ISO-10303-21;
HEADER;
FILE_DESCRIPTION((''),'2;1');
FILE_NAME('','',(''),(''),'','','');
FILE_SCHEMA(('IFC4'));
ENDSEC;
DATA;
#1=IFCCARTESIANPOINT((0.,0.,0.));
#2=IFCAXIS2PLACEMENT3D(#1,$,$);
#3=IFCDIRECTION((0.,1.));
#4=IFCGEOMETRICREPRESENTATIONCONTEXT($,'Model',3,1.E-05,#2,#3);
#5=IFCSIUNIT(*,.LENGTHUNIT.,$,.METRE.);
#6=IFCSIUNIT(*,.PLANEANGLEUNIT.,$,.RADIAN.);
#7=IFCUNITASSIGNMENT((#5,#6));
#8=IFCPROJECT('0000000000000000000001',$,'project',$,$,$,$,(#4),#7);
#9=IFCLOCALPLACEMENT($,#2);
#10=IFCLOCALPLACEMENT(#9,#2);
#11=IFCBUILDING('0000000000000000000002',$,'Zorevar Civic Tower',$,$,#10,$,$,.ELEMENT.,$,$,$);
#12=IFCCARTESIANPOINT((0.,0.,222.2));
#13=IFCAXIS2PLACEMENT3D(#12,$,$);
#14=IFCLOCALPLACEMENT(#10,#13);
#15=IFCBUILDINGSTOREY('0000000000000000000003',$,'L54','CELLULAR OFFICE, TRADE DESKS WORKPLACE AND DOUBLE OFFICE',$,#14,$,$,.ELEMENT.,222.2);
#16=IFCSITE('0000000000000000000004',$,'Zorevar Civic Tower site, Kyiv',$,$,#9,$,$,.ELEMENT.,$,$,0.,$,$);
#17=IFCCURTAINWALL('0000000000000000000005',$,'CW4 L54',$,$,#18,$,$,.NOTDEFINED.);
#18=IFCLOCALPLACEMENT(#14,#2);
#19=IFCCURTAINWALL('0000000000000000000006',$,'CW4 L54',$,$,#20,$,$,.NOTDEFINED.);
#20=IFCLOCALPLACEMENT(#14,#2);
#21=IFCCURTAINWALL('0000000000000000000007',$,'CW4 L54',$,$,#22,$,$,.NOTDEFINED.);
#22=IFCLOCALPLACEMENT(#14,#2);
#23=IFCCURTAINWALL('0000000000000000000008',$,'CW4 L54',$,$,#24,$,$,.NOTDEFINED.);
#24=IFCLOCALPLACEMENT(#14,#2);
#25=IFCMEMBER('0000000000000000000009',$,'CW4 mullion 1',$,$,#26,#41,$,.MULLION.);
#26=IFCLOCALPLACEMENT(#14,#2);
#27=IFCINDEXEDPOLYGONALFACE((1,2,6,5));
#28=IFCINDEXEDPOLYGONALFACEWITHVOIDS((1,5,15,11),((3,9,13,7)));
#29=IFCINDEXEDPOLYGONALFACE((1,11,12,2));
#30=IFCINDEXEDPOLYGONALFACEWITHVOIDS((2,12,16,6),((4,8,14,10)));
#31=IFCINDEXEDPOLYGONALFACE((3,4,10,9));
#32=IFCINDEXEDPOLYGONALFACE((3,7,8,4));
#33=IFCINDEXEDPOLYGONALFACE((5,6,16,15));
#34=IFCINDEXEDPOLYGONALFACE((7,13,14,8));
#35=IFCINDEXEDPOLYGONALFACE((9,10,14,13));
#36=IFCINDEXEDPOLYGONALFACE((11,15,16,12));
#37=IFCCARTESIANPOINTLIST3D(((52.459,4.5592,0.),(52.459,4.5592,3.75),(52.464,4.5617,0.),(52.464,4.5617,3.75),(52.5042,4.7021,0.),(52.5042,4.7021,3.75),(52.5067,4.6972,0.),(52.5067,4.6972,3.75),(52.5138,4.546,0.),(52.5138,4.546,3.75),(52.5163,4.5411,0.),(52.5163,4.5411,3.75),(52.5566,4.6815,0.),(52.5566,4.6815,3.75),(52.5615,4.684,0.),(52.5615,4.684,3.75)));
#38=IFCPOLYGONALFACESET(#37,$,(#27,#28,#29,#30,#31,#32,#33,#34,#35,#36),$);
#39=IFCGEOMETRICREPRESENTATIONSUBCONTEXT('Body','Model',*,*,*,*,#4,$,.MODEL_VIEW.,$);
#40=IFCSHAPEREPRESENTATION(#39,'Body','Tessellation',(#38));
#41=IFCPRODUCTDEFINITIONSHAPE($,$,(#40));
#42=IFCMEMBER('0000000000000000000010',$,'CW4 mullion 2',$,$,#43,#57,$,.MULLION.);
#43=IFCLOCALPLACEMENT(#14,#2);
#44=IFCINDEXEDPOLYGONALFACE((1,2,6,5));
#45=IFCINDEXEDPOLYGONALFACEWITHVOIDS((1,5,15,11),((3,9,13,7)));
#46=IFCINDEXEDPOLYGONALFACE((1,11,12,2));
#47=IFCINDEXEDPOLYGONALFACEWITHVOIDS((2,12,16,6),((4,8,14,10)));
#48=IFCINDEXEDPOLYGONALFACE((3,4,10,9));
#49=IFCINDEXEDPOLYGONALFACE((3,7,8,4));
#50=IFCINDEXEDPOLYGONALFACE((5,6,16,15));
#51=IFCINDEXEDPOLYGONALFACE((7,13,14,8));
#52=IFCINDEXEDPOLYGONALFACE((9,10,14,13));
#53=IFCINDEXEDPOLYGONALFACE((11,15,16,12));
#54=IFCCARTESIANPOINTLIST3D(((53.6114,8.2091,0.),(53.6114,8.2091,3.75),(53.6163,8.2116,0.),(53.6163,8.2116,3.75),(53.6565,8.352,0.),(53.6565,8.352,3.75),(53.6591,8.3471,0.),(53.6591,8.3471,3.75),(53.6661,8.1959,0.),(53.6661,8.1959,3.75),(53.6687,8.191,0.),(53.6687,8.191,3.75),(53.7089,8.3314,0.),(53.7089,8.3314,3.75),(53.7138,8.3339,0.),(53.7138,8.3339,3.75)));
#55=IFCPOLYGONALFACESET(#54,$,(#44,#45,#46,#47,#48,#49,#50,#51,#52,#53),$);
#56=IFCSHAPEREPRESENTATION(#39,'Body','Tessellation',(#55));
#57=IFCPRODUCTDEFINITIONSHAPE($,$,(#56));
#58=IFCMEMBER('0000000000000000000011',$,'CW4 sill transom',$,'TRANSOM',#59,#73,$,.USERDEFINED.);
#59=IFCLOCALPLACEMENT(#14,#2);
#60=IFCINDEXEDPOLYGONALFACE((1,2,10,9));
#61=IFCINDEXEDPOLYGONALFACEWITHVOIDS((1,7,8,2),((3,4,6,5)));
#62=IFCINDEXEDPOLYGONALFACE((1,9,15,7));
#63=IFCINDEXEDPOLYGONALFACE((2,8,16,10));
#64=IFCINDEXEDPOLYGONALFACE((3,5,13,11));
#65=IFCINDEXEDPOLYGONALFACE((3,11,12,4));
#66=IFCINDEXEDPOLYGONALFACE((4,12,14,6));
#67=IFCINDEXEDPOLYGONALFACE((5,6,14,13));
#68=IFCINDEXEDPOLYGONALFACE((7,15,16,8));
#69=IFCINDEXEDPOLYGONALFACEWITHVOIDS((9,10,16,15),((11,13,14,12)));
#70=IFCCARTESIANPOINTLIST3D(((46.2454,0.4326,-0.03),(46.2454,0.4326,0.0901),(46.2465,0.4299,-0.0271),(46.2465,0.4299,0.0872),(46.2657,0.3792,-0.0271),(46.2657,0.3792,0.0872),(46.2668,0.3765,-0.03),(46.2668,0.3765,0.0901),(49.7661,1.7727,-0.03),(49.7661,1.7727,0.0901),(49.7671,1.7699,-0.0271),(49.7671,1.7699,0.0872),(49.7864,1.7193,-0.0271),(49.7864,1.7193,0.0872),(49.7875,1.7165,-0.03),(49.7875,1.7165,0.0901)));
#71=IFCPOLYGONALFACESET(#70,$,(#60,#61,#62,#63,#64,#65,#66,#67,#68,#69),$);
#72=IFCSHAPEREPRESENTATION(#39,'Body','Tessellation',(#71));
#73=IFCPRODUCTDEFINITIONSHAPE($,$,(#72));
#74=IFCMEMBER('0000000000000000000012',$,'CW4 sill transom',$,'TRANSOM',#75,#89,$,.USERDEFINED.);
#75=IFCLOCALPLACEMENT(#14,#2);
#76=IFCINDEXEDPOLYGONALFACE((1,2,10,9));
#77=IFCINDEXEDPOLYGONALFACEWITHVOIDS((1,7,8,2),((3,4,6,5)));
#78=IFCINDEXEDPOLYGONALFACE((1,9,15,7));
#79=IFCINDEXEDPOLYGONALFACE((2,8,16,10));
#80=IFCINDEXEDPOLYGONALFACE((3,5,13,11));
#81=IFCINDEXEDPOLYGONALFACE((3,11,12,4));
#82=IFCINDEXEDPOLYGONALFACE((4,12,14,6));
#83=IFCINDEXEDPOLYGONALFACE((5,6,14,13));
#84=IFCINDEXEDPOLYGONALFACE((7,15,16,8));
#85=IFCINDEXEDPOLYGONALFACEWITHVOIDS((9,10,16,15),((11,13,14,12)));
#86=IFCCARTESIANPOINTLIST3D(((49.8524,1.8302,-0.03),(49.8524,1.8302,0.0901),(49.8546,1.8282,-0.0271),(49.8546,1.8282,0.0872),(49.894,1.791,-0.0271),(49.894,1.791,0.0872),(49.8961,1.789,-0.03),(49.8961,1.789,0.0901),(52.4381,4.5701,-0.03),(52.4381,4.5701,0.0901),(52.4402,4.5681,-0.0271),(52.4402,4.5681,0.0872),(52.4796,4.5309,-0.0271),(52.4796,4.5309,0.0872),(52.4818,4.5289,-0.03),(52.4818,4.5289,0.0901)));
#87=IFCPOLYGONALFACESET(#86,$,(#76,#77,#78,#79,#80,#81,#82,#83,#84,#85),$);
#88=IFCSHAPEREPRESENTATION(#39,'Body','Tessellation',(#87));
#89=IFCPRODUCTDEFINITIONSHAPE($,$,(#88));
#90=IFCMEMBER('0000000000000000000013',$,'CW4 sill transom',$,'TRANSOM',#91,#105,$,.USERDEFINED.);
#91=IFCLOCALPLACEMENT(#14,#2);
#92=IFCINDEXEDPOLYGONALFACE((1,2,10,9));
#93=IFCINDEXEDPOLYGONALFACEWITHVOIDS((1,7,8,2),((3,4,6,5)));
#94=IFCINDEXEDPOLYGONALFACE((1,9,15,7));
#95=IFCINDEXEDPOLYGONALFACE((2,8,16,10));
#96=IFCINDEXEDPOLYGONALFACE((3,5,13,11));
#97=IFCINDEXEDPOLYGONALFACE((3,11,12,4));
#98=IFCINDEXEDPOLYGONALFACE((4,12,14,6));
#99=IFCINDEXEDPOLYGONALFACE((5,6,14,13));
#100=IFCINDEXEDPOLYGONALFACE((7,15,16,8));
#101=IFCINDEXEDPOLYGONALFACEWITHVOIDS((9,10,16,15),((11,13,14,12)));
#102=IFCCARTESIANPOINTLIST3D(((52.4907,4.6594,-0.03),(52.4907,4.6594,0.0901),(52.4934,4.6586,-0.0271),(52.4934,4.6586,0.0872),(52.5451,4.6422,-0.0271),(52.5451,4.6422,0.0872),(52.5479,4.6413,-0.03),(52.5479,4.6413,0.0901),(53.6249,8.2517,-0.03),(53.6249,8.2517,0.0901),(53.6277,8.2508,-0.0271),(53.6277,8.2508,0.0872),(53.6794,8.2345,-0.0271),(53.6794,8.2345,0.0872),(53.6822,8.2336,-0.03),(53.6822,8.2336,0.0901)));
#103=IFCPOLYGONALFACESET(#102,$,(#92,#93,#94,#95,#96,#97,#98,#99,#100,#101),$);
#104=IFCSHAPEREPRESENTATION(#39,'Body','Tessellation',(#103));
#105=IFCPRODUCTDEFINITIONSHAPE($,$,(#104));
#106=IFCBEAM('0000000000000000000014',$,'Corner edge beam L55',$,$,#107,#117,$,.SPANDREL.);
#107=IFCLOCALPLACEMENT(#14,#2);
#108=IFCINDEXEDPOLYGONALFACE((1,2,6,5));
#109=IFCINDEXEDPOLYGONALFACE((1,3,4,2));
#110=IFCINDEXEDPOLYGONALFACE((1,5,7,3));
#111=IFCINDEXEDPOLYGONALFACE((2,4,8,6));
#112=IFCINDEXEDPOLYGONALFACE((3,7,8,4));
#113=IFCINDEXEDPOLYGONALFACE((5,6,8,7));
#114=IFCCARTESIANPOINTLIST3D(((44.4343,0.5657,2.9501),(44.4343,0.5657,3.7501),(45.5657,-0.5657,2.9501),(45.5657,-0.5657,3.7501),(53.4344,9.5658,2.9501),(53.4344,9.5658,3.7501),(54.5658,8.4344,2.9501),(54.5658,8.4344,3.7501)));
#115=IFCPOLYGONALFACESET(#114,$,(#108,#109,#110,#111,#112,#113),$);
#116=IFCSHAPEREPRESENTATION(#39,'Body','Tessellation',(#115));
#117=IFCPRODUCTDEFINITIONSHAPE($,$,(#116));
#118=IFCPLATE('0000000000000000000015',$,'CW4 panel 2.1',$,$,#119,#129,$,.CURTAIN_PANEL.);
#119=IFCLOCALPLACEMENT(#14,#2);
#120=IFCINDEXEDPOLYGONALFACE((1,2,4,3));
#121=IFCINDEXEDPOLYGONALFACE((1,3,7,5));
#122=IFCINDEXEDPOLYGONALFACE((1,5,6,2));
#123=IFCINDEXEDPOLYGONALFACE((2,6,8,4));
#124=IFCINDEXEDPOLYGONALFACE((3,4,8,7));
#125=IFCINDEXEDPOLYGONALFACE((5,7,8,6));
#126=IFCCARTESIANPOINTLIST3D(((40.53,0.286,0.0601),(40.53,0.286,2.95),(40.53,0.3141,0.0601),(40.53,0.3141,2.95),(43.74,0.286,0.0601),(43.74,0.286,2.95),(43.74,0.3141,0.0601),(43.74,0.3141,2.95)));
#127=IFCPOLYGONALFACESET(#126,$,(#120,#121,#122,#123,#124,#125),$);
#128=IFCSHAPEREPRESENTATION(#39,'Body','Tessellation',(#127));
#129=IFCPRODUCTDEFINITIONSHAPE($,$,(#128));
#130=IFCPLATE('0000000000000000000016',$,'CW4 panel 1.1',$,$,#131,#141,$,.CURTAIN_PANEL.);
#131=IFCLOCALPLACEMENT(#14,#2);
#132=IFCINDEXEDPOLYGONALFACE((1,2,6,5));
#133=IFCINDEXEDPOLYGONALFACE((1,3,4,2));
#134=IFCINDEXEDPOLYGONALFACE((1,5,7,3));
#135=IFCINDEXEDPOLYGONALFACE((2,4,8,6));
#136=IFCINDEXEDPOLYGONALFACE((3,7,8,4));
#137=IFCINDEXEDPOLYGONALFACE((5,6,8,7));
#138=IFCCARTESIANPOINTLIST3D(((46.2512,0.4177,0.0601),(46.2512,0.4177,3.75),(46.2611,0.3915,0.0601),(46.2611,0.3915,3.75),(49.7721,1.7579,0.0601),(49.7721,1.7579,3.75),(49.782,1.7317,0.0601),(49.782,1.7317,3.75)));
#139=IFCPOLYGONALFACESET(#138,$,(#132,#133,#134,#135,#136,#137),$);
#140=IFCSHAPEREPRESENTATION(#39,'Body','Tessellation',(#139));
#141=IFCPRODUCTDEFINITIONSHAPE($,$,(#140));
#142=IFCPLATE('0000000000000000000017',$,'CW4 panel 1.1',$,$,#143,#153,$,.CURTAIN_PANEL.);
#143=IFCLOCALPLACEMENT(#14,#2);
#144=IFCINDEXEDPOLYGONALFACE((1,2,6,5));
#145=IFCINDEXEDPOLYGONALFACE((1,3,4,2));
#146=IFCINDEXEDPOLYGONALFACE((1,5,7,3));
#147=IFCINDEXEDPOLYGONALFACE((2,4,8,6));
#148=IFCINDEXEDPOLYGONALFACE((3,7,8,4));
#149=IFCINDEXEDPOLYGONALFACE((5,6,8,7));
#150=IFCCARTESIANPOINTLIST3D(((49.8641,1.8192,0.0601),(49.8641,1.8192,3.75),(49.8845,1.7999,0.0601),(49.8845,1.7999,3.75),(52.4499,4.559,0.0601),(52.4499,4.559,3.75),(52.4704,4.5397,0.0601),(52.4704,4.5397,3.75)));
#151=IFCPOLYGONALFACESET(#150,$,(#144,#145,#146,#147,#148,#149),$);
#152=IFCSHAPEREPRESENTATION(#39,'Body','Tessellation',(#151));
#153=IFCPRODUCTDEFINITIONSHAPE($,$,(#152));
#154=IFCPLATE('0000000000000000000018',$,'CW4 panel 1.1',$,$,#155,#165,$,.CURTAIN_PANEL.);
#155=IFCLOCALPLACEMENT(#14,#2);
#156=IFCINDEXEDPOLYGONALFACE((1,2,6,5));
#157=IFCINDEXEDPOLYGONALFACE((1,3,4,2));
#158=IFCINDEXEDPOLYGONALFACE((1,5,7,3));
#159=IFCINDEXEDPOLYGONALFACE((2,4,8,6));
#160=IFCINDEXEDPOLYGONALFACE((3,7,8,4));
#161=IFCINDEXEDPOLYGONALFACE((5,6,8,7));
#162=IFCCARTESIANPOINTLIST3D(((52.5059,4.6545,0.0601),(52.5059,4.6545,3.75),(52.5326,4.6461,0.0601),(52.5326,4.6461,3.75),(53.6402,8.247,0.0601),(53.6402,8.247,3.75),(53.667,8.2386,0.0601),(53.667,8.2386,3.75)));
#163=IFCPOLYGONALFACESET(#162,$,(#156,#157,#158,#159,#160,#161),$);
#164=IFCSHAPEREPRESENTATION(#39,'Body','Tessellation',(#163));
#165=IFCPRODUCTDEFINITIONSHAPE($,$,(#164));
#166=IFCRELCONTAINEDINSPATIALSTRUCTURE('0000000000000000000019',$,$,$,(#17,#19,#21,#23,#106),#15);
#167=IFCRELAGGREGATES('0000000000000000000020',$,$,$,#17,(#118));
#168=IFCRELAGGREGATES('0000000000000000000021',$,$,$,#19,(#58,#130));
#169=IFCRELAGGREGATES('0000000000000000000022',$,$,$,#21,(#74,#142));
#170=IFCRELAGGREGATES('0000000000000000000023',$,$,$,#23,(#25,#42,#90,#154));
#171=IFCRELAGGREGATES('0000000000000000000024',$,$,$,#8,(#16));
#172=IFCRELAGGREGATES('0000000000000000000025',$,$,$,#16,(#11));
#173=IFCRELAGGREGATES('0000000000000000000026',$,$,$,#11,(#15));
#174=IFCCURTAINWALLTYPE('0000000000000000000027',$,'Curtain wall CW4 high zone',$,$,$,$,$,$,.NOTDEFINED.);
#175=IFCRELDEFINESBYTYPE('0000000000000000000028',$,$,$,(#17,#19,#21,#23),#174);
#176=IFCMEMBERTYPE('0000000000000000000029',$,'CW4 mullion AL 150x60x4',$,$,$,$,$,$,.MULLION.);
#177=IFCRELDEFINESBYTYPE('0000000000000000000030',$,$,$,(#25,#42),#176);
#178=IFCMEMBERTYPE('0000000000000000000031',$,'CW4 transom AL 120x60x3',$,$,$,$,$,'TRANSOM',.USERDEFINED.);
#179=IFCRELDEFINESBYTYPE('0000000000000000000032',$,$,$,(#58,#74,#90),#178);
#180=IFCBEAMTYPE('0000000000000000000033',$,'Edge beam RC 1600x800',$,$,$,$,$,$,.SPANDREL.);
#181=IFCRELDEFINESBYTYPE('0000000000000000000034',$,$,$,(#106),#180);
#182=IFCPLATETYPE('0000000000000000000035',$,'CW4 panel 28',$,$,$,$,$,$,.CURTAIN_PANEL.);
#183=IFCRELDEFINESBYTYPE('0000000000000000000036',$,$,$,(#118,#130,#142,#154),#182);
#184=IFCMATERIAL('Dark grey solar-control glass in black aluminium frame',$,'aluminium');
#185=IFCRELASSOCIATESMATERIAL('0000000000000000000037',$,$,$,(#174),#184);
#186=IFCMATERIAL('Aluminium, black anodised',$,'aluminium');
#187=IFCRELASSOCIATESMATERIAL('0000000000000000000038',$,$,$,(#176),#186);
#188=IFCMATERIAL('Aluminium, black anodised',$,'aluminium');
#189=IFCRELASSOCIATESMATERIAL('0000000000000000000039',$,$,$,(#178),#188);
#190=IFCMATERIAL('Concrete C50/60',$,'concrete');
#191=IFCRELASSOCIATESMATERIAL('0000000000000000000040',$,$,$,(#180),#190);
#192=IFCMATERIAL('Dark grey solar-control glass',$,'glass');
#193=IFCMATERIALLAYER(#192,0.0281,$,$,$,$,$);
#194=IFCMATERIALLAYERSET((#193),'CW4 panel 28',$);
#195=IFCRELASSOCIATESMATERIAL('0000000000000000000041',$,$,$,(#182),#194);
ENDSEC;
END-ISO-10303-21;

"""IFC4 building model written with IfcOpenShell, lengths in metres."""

from ifc_helpers import new_model, si_unit, direction, frame, origin, origin_2d, place, context, subcontext, project, spatial, rectangle, hollow_rectangle, extrude, material, layer, layer_set, material_profile, profile_set, type_object, element, aggregate, save


model = new_model("IFC4")

# Units and contexts
model_context = context("Model", 3, precision=1e-05, world=origin(), true_north=direction((0.0, 1.0)))
body_context = subcontext(model_context, "Body", "Model", "MODEL_VIEW")
ifc_project = project(units=[si_unit("LENGTHUNIT", "METRE"), si_unit("PLANEANGLEUNIT", "RADIAN")], contexts=[model_context])

# Site, building, storey
site_placement = place(None, origin())
site = spatial("IfcSite", under=ifc_project, at=site_placement, Name="Zorevar Civic Tower site, Kyiv", CompositionType="ELEMENT", RefElevation=0.0)
building_placement = place(site_placement, origin())
building = spatial("IfcBuilding", under=site, at=building_placement, Name="Zorevar Civic Tower", CompositionType="ELEMENT")
storey_placement = place(building_placement, frame((0.0, 0.0, 222.2)))
storey = spatial("IfcBuildingStorey", under=building, at=storey_placement, Name="L54", Description="CELLULAR OFFICE, TRADE DESKS WORKPLACE AND DOUBLE OFFICE", CompositionType="ELEMENT", Elevation=222.2)

# Curtain walls, members
ifc_material_1 = material(Name="Dark grey solar-control glass in black aluminium frame", Category="aluminium")
curtain_wall_type = type_object("IfcCurtainWallType", Name="Curtain wall CW4 high zone", PredefinedType="NOTDEFINED", material=ifc_material_1)
curtain_wall_1_placement = place(storey_placement, origin())
curtain_wall_1 = element("IfcCurtainWall", 1, at=curtain_wall_1_placement, inside=storey, type_object=curtain_wall_type, Name="CW4 L54", PredefinedType="NOTDEFINED")
ifc_material_2 = material(Name="Aluminium, black anodised", Category="aluminium")
ifc_material_profile_1 = material_profile(ifc_material_2, hollow_rectangle(XDim=0.0601, YDim=0.1499, WallThickness=0.0039, at=origin_2d()), Name="AL 150x60x4")
ifc_profile_set_1 = profile_set([ifc_material_profile_1], Name="Aluminium, black anodised")
member_type_1 = type_object("IfcMemberType", Name="CW4 mullion AL 150x60x4", PredefinedType="MULLION", material=ifc_profile_set_1)
curtain_wall_2_placement = place(storey_placement, origin())
curtain_wall_2 = element("IfcCurtainWall", 2, at=curtain_wall_2_placement, inside=storey, type_object=curtain_wall_type, Name="CW4 L54", PredefinedType="NOTDEFINED")
curtain_wall_3_placement = place(storey_placement, origin())
curtain_wall_3 = element("IfcCurtainWall", 3, at=curtain_wall_3_placement, inside=storey, type_object=curtain_wall_type, Name="CW4 L54", PredefinedType="NOTDEFINED")
curtain_wall_4_placement = place(storey_placement, origin())
curtain_wall_4 = element("IfcCurtainWall", 4, at=curtain_wall_4_placement, inside=storey, type_object=curtain_wall_type, Name="CW4 L54", PredefinedType="NOTDEFINED")
member_1_placement = place(storey_placement, frame((52.5103, 4.6216, 0.0), z_axis=(0.0, 0.0, 1.0), x_axis=(-0.95359, 0.301108, 0.0)))
member_1 = element("IfcMember", 5, at=member_1_placement, type_object=member_type_1, Name="CW4 mullion 1", PredefinedType="MULLION", context=body_context, shape_type="SweptSolid", body=[
    extrude(hollow_rectangle(XDim=0.0601, YDim=0.1499, WallThickness=0.0039, at=origin_2d()), origin(), (0.0, 0.0, 1.0), 3.75),
])
member_2_placement = place(storey_placement, frame((53.6626, 8.2715, 0.0), z_axis=(0.0, 0.0, 1.0), x_axis=(-0.95359, 0.301108, 0.0)))
member_2 = element("IfcMember", 6, at=member_2_placement, type_object=member_type_1, Name="CW4 mullion 2", PredefinedType="MULLION", context=body_context, shape_type="SweptSolid", body=[
    extrude(hollow_rectangle(XDim=0.0601, YDim=0.1499, WallThickness=0.0039, at=origin_2d()), origin(), (0.0, 0.0, 1.0), 3.75),
])

# Members
ifc_material_3 = material(Name="Aluminium, black anodised", Category="aluminium")
ifc_material_profile_2 = material_profile(ifc_material_3, hollow_rectangle(XDim=0.0601, YDim=0.1201, WallThickness=0.0029, at=origin_2d()), Name="AL 120x60x3")
ifc_profile_set_2 = profile_set([ifc_material_profile_2], Name="Aluminium, black anodised")
member_type_2 = type_object("IfcMemberType", Name="CW4 transom AL 120x60x3", ElementType="TRANSOM", PredefinedType="USERDEFINED", material=ifc_profile_set_2)
member_3_placement = place(storey_placement, frame((46.2561, 0.4045, 0.03), z_axis=(0.934589, 0.355729, 0.0), x_axis=(-0.355729, 0.934589, 0.0)))
member_3 = element("IfcMember", 7, at=member_3_placement, type_object=member_type_2, Name="CW4 sill transom", ObjectType="TRANSOM", PredefinedType="USERDEFINED", context=body_context, shape_type="SweptSolid", body=[
    extrude(hollow_rectangle(XDim=0.0601, YDim=0.1201, WallThickness=0.0029, at=origin_2d()), origin(), (0.0, 0.0, 1.0), 3.7671),
])
member_4_placement = place(storey_placement, frame((49.8743, 1.8096, 0.03), z_axis=(0.686332, 0.727288, 0.0), x_axis=(-0.727288, 0.686332, 0.0)))
member_4 = element("IfcMember", 8, at=member_4_placement, type_object=member_type_2, Name="CW4 sill transom", ObjectType="TRANSOM", PredefinedType="USERDEFINED", context=body_context, shape_type="SweptSolid", body=[
    extrude(hollow_rectangle(XDim=0.0601, YDim=0.1201, WallThickness=0.0029, at=origin_2d()), origin(), (0.0, 0.0, 1.0), 3.7673),
])
member_5_placement = place(storey_placement, frame((52.5193, 4.6504, 0.03), z_axis=(0.3011, 0.953592, 0.0), x_axis=(-0.953592, 0.3011, 0.0)))
member_5 = element("IfcMember", 9, at=member_5_placement, type_object=member_type_2, Name="CW4 sill transom", ObjectType="TRANSOM", PredefinedType="USERDEFINED", context=body_context, shape_type="SweptSolid", body=[
    extrude(hollow_rectangle(XDim=0.0601, YDim=0.1201, WallThickness=0.0029, at=origin_2d()), origin(), (0.0, 0.0, 1.0), 3.7671),
])

# Beam
ifc_material_4 = material(Name="Concrete C50/60", Category="concrete")
ifc_material_profile_3 = material_profile(ifc_material_4, rectangle(XDim=1.6001, YDim=0.8, at=origin_2d()), Name="RC 1600x800")
ifc_profile_set_3 = profile_set([ifc_material_profile_3], Name="Concrete C50/60")
beam_type_1 = type_object("IfcBeamType", Name="Edge beam RC 1600x800", PredefinedType="SPANDREL", material=ifc_profile_set_3)
beam_1_placement = place(storey_placement, frame((45.0, 0.0, 3.3501), z_axis=(0.707107, 0.707107, 0.0), x_axis=(-0.707107, 0.707107, 0.0)))
element("IfcBeam", 10, at=beam_1_placement, inside=storey, type_object=beam_type_1, Name="Corner edge beam L55", PredefinedType="SPANDREL", context=body_context, shape_type="SweptSolid", body=[
    extrude(rectangle(XDim=1.6001, YDim=0.8, at=origin_2d()), origin(), (0.0, 0.0, 1.0), 12.728),
])

# Plates
ifc_material_5 = material(Name="Dark grey solar-control glass", Category="glass")
ifc_layer_1 = layer(ifc_material_5, 0.0281)
ifc_layer_set_1 = layer_set([ifc_layer_1], Name="CW4 panel 28")
plate_type = type_object("IfcPlateType", Name="CW4 panel 28", PredefinedType="CURTAIN_PANEL", material=ifc_layer_set_1)
plate_1_placement = place(storey_placement, frame((42.135, 0.3, 0.0601), z_axis=(0.0, 0.0, 1.0), x_axis=(1.0, 0.0, 0.0)))
plate_1 = element("IfcPlate", 11, at=plate_1_placement, type_object=plate_type, Name="CW4 panel 2.1", PredefinedType="CURTAIN_PANEL", context=body_context, shape_type="SweptSolid", body=[
    extrude(rectangle(XDim=3.21, YDim=0.0281, at=origin_2d()), origin(), (0.0, 0.0, 1.0), 2.8899),
])
aggregate(curtain_wall_1, [plate_1])
plate_2_placement = place(storey_placement, frame((48.0166, 1.0747, 0.0601), z_axis=(0.0, 0.0, 1.0), x_axis=(0.934588, 0.355731, 0.0)))
plate_2 = element("IfcPlate", 12, at=plate_2_placement, type_object=plate_type, Name="CW4 panel 1.1", PredefinedType="CURTAIN_PANEL", context=body_context, shape_type="SweptSolid", body=[
    extrude(rectangle(XDim=3.7673, YDim=0.0281, at=origin_2d()), origin(), (0.0, 0.0, 1.0), 3.6899),
])
aggregate(curtain_wall_2, [member_3, plate_2])
plate_3_placement = place(storey_placement, frame((51.1672, 3.1794, 0.0601), z_axis=(0.0, 0.0, 1.0), x_axis=(0.686378, 0.727245, 0.0)))
plate_3 = element("IfcPlate", 13, at=plate_3_placement, type_object=plate_type, Name="CW4 panel 1.1", PredefinedType="CURTAIN_PANEL", context=body_context, shape_type="SweptSolid", body=[
    extrude(rectangle(XDim=3.7673, YDim=0.0281, at=origin_2d()), origin(), (0.0, 0.0, 1.0), 3.6899),
])
aggregate(curtain_wall_3, [member_4, plate_3])
plate_4_placement = place(storey_placement, frame((53.0864, 6.4465, 0.0601), z_axis=(0.0, 0.0, 1.0), x_axis=(0.301108, 0.95359, 0.0)))
plate_4 = element("IfcPlate", 14, at=plate_4_placement, type_object=plate_type, Name="CW4 panel 1.1", PredefinedType="CURTAIN_PANEL", context=body_context, shape_type="SweptSolid", body=[
    extrude(rectangle(XDim=3.7673, YDim=0.0281, at=origin_2d()), origin(), (0.0, 0.0, 1.0), 3.6899),
])
aggregate(curtain_wall_4, [member_1, member_2, member_5, plate_4])

save(model, "model.ifc")
